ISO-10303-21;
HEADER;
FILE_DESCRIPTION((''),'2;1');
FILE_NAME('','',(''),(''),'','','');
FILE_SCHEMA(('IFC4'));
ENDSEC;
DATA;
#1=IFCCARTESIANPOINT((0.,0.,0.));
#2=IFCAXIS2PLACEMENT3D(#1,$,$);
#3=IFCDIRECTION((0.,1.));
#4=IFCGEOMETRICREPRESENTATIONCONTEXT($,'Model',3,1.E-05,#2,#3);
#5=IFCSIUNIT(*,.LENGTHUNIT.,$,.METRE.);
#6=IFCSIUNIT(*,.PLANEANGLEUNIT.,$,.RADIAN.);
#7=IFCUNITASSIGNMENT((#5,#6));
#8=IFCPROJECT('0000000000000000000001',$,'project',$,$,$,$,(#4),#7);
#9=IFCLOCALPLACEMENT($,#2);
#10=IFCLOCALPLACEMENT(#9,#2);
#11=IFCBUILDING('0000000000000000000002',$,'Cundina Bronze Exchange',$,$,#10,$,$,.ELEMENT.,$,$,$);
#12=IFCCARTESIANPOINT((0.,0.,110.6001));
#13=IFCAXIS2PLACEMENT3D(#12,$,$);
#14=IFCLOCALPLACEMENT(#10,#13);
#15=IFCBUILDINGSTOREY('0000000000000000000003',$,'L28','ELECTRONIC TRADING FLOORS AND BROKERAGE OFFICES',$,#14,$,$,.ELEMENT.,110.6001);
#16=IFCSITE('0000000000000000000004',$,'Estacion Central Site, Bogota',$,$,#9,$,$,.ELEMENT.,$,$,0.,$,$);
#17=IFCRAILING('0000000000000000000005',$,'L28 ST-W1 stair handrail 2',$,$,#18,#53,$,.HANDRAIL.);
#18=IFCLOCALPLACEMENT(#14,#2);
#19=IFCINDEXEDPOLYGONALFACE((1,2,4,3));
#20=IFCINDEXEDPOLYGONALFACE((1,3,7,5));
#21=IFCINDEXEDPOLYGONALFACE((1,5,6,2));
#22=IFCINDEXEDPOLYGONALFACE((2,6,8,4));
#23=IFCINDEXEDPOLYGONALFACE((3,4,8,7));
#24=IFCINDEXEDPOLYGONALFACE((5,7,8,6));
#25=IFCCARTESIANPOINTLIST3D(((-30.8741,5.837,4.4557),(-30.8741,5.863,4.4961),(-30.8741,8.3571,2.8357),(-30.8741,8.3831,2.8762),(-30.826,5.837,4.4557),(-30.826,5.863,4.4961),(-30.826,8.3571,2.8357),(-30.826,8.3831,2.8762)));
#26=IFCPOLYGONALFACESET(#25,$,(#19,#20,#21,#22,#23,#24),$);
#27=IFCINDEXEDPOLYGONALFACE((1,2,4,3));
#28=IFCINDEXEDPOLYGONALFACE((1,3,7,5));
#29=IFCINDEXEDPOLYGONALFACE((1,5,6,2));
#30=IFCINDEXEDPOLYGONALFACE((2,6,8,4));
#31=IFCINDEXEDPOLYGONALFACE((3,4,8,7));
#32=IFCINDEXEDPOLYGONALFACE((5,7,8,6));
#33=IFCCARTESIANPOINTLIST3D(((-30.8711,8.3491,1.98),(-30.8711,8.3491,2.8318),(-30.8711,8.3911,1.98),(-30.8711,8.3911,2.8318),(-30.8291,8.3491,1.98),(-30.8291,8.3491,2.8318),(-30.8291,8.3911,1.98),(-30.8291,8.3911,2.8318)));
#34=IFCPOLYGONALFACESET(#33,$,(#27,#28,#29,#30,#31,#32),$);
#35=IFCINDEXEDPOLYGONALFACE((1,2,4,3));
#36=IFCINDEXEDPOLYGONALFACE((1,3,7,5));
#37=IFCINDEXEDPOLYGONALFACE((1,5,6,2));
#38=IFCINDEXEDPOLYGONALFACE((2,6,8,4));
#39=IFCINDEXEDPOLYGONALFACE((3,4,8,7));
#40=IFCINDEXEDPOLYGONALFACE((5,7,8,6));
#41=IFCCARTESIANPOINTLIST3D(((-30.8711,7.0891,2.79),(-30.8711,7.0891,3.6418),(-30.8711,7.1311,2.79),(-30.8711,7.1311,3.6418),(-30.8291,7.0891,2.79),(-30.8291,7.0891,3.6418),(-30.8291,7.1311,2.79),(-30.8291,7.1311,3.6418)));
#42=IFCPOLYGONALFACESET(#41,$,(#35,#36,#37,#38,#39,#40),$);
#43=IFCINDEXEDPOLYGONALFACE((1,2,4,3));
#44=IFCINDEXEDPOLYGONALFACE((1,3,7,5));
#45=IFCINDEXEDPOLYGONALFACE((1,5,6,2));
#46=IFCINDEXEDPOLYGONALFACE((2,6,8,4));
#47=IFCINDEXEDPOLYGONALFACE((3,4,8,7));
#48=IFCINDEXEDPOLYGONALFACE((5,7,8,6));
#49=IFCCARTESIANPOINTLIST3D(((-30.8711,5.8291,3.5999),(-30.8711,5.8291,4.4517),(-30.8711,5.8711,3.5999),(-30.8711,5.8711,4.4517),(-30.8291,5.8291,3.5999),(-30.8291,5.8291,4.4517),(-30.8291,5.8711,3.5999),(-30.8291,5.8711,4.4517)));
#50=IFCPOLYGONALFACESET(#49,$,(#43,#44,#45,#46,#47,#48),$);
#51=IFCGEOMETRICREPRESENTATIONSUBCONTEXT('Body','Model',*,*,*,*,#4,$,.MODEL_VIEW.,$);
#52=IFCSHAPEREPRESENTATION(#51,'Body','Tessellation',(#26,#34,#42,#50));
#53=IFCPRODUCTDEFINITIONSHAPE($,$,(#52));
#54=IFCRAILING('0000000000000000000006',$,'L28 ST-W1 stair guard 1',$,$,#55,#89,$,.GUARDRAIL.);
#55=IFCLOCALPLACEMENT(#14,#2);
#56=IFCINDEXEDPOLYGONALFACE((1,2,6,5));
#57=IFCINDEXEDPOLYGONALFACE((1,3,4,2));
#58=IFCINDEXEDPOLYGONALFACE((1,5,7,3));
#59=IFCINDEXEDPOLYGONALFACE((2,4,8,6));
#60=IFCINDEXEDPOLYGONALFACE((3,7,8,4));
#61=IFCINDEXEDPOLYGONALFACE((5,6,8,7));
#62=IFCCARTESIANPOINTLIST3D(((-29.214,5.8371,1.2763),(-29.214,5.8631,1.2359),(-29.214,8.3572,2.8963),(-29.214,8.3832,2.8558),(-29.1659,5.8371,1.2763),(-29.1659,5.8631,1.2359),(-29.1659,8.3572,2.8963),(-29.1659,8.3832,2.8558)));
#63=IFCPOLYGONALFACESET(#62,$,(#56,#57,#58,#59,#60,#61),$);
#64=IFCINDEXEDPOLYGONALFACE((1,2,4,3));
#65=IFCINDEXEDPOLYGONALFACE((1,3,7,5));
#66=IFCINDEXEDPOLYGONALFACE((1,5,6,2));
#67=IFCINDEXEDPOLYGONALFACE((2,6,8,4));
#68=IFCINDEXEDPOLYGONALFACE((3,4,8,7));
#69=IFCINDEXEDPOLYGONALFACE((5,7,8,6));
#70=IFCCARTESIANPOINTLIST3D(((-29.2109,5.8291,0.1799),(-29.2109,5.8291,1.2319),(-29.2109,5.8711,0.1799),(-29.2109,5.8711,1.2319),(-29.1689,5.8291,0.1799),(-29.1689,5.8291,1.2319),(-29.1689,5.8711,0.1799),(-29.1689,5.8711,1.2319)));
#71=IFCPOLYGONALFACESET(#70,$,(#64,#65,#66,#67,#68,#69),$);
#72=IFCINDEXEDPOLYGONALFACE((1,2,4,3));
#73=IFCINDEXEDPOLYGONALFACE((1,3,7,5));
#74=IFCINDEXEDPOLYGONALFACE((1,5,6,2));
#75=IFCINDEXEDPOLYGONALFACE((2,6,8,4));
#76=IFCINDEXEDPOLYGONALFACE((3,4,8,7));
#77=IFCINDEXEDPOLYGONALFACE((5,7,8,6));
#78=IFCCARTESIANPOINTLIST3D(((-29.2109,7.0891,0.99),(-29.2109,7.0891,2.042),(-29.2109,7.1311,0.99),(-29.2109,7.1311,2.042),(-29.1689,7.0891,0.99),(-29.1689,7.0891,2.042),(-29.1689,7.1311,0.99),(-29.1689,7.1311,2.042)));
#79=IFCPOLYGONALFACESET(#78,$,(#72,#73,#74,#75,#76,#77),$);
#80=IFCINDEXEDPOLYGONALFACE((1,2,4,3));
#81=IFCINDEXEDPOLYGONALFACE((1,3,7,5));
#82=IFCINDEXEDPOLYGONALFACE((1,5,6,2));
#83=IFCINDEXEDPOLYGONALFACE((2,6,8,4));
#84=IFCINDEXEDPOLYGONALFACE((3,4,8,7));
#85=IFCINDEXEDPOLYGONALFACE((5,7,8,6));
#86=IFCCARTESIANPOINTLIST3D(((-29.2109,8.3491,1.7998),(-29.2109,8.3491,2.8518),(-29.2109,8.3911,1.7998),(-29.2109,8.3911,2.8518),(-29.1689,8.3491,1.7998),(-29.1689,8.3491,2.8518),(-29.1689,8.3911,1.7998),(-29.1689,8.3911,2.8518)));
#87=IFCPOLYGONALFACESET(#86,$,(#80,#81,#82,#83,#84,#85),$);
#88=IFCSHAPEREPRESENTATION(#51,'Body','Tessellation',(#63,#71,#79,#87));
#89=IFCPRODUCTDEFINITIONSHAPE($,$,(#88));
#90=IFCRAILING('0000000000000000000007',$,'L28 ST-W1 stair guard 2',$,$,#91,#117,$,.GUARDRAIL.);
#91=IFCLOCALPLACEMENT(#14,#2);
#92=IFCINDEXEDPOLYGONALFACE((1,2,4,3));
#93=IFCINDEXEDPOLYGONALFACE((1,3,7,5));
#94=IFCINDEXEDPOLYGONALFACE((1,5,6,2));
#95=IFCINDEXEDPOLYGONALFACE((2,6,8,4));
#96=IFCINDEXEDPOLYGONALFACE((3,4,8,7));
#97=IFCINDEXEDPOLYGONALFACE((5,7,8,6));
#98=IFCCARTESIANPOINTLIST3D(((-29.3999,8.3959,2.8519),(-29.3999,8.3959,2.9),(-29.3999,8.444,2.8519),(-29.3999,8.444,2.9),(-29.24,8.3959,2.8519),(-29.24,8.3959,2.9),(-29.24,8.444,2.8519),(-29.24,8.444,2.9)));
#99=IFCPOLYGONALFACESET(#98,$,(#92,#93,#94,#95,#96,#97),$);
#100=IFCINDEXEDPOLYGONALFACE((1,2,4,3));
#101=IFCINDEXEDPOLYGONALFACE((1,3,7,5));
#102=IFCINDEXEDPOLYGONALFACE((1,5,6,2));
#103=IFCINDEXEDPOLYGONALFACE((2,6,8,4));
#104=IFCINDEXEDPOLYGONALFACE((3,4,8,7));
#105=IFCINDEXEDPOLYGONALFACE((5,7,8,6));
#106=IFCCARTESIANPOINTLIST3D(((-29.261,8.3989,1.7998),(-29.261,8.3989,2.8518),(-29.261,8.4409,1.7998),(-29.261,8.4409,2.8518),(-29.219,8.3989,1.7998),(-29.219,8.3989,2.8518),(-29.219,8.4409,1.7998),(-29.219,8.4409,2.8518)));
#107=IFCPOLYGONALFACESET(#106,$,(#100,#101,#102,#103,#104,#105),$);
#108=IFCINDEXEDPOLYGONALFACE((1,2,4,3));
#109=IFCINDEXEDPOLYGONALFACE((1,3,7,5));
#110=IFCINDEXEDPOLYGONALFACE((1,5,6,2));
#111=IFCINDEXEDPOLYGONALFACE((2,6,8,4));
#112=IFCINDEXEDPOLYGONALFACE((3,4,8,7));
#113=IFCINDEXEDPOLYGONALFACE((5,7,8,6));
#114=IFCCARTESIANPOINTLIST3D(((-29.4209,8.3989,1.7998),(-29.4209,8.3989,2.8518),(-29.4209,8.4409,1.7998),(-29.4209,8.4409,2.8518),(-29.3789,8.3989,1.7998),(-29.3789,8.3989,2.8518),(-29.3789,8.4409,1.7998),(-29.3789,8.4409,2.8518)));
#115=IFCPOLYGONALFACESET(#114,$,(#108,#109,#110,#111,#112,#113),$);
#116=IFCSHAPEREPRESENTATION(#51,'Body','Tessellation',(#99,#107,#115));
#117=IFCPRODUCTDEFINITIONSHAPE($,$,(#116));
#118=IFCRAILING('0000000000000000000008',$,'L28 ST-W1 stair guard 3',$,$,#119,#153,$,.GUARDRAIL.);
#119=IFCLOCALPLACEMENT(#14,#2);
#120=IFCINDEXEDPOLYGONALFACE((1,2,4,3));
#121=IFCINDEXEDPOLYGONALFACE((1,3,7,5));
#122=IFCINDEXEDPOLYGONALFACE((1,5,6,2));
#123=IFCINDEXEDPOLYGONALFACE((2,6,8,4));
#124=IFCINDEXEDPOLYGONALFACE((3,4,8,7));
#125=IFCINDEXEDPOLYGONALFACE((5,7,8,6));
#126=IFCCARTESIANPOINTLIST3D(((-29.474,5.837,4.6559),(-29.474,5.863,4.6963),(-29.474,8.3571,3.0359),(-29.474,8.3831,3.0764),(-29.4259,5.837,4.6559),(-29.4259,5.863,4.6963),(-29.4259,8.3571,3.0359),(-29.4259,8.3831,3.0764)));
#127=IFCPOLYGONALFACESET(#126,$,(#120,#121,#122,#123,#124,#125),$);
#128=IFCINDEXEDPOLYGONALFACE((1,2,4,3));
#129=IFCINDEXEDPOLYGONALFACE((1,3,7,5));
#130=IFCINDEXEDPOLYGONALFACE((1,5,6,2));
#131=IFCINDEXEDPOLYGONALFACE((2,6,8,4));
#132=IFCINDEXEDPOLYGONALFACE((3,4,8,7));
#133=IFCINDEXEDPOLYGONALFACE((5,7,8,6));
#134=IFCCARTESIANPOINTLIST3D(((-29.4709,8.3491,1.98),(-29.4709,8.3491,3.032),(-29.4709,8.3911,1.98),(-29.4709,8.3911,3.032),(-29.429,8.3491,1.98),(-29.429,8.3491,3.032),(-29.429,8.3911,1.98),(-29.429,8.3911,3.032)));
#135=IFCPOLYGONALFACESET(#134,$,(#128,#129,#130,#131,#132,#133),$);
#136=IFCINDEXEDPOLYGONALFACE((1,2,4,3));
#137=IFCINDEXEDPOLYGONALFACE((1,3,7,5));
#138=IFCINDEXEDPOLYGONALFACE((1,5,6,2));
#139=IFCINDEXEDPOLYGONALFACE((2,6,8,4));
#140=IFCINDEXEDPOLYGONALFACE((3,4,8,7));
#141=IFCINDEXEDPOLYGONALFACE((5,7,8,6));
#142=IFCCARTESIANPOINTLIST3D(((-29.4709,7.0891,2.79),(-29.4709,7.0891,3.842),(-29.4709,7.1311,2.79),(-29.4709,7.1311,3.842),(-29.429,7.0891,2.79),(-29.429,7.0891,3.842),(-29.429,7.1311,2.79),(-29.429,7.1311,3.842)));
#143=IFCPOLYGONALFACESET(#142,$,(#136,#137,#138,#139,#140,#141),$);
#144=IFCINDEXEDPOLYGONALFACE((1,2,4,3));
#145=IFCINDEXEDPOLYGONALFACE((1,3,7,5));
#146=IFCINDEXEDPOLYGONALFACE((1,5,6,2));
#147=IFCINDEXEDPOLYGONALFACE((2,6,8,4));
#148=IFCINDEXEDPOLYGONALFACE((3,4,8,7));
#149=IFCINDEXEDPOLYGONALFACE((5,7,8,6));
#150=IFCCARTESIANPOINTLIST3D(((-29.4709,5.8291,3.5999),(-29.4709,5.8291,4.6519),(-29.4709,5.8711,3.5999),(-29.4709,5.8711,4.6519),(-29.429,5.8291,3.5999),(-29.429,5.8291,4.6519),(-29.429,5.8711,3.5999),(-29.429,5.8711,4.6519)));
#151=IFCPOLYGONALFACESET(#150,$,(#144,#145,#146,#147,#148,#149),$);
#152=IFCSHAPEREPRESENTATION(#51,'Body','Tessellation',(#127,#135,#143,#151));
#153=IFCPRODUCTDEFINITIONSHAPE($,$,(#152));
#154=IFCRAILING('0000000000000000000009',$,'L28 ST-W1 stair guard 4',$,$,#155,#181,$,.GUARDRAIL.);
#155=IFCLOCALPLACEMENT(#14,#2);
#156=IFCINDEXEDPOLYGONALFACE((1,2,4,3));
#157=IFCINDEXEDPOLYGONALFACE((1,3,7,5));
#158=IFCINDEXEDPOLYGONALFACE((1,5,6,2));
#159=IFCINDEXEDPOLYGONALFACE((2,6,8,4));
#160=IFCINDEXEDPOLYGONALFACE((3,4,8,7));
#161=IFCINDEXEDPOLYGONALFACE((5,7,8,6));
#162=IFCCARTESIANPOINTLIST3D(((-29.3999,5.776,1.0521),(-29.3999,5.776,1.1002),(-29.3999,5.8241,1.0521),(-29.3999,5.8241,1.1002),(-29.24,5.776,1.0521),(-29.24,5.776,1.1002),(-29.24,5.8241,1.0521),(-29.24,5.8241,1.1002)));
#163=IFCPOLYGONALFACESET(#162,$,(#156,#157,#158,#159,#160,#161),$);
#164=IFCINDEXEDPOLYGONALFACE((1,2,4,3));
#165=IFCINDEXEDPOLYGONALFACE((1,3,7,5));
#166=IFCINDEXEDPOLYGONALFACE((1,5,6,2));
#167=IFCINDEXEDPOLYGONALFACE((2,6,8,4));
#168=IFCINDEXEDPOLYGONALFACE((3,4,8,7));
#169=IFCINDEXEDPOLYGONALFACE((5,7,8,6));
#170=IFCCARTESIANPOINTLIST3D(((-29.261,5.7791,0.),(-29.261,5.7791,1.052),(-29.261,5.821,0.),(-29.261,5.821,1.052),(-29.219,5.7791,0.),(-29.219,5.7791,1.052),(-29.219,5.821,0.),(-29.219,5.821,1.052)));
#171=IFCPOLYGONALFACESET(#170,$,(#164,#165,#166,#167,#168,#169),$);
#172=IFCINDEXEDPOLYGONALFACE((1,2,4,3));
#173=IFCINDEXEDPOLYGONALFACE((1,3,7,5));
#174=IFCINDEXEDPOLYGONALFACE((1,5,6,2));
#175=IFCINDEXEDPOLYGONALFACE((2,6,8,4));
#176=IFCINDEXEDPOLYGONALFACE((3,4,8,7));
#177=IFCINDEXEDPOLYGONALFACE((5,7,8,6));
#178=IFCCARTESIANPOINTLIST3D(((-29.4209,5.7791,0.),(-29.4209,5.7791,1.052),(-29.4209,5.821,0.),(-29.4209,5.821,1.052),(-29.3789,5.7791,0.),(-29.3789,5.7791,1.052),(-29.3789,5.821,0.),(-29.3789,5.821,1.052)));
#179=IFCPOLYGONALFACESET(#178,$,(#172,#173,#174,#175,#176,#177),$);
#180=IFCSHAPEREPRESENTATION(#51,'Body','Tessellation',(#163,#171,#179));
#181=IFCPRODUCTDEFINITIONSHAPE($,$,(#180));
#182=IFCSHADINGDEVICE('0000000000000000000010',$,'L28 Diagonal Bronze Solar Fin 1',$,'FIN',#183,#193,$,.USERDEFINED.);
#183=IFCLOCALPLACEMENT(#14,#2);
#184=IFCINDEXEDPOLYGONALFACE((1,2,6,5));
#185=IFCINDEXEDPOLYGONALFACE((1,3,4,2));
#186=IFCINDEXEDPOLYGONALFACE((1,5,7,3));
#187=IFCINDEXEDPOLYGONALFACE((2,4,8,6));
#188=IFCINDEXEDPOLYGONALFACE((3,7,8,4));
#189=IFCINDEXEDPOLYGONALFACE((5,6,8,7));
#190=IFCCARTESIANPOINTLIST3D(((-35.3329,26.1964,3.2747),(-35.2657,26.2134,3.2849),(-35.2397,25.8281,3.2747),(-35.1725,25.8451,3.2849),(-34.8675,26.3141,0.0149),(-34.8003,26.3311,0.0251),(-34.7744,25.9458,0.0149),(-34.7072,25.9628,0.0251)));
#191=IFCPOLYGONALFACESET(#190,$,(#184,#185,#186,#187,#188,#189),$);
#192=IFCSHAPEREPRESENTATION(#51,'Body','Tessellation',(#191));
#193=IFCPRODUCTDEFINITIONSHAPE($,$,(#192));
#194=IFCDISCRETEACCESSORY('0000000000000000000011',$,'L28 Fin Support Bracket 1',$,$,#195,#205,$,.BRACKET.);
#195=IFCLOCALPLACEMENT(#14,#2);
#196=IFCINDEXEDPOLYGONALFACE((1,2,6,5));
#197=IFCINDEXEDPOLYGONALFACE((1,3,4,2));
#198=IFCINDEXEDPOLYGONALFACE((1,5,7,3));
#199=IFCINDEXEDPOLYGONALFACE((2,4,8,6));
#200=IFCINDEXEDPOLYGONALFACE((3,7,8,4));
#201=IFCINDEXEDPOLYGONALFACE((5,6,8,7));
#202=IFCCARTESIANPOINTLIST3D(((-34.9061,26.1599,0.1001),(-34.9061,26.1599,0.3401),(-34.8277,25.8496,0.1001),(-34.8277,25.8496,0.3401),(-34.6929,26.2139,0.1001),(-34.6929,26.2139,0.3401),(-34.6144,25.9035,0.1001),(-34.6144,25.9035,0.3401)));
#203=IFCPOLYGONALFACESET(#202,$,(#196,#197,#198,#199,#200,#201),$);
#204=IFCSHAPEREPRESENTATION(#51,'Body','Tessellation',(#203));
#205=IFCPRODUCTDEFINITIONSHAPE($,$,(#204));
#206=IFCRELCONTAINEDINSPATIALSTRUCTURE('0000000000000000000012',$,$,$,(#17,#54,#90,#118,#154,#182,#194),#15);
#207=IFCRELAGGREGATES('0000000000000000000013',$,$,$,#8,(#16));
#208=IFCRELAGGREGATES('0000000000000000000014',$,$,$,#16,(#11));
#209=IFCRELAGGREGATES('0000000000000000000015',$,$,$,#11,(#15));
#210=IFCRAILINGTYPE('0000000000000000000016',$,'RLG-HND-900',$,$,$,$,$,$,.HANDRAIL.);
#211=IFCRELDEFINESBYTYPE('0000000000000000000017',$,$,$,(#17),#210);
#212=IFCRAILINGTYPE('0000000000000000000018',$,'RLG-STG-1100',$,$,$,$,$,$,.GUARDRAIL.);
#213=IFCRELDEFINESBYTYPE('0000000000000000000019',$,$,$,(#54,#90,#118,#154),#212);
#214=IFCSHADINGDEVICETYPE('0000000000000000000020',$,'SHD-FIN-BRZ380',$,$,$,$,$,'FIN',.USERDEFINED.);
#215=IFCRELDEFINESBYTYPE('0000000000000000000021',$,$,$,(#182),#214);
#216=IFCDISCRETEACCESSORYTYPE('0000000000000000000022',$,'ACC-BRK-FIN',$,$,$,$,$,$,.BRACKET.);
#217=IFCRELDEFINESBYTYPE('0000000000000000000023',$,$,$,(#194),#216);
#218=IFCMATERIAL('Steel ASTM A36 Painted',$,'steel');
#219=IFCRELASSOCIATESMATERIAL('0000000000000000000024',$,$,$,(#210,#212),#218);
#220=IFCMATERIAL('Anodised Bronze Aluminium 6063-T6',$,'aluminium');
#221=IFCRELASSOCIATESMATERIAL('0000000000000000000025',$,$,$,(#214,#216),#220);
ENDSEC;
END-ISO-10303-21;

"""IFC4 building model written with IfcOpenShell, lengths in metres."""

from ifc_helpers import new_model, si_unit, direction, frame, origin, origin_2d, place, context, subcontext, project, spatial, rectangle, extrude, material, material_profile, profile_set, type_object, element, save


model = new_model("IFC4")

# Units and contexts
model_context = context("Model", 3, precision=1e-05, world=origin(), true_north=direction((0.0, 1.0)))
body_context = subcontext(model_context, "Body", "Model", "MODEL_VIEW")
ifc_project = project(units=[si_unit("LENGTHUNIT", "METRE"), si_unit("PLANEANGLEUNIT", "RADIAN")], contexts=[model_context])

# Site, building, storey
site_placement = place(None, origin())
site = spatial("IfcSite", under=ifc_project, at=site_placement, Name="Estacion Central Site, Bogota", CompositionType="ELEMENT", RefElevation=0.0)
building_placement = place(site_placement, origin())
building = spatial("IfcBuilding", under=site, at=building_placement, Name="Cundina Bronze Exchange", CompositionType="ELEMENT")
storey_placement = place(building_placement, frame((0.0, 0.0, 110.6001)))
storey = spatial("IfcBuildingStorey", under=building, at=storey_placement, Name="L28", Description="ELECTRONIC TRADING FLOORS AND BROKERAGE OFFICES", CompositionType="ELEMENT", Elevation=110.6001)

# Shared definitions
ifc_material_1 = material(Name="Anodised Bronze Aluminium 6063-T6", Category="aluminium")

# Shared definitions
ifc_material_2 = material(Name="Steel ASTM A36 Painted", Category="steel")

# Railings
railing_type_1 = type_object("IfcRailingType", Name="RLG-HND-900", PredefinedType="HANDRAIL", material=ifc_material_2)
railing_1_placement = place(storey_placement, frame((-30.8501, 8.3701, 1.98)))
element("IfcRailing", 1, at=railing_1_placement, inside=storey, type_object=railing_type_1, Name="L28 ST-W1 stair handrail 2", PredefinedType="HANDRAIL", context=body_context, shape_type="SweptSolid", body=[
    extrude(rectangle(XDim=0.0481, YDim=0.0481, at=origin_2d()), frame((0.0, 0.0, 0.876), z_axis=(0.0, -0.8412, 0.540725), x_axis=(1.0, 0.0, 0.0)), (0.0, 0.0, 1.0), 2.9958),
    extrude(rectangle(XDim=0.042, YDim=0.042, at=origin_2d()), origin(), (0.0, 0.0, 1.0), 0.8518),
    extrude(rectangle(XDim=0.042, YDim=0.042, at=origin_2d()), frame((0.0, -1.26, 0.8101)), (0.0, 0.0, 1.0), 0.8518),
    extrude(rectangle(XDim=0.042, YDim=0.042, at=origin_2d()), frame((0.0, -2.52, 1.6199)), (0.0, 0.0, 1.0), 0.8518),
])
railing_type_2 = type_object("IfcRailingType", Name="RLG-STG-1100", PredefinedType="GUARDRAIL", material=ifc_material_2)
railing_2_placement = place(storey_placement, frame((-29.1899, 5.8501, 0.1799)))
element("IfcRailing", 2, at=railing_2_placement, inside=storey, type_object=railing_type_2, Name="L28 ST-W1 stair guard 1", PredefinedType="GUARDRAIL", context=body_context, shape_type="SweptSolid", body=[
    extrude(rectangle(XDim=0.0481, YDim=0.0481, at=origin_2d()), frame((0.0, 0.0, 1.0762), z_axis=(0.0, 0.8412, 0.540725), x_axis=(-1.0, 0.0, 0.0)), (0.0, 0.0, 1.0), 2.9958),
    extrude(rectangle(XDim=0.042, YDim=0.042, at=origin_2d()), origin(), (0.0, 0.0, 1.0), 1.052),
    extrude(rectangle(XDim=0.042, YDim=0.042, at=origin_2d()), frame((0.0, 1.26, 0.8101)), (0.0, 0.0, 1.0), 1.052),
    extrude(rectangle(XDim=0.042, YDim=0.042, at=origin_2d()), frame((0.0, 2.52, 1.6199)), (0.0, 0.0, 1.0), 1.052),
])
railing_3_placement = place(storey_placement, frame((-29.24, 8.4199, 1.7998)))
element("IfcRailing", 3, at=railing_3_placement, inside=storey, type_object=railing_type_2, Name="L28 ST-W1 stair guard 2", PredefinedType="GUARDRAIL", context=body_context, shape_type="SweptSolid", body=[
    extrude(rectangle(XDim=0.0481, YDim=0.0481, at=origin_2d()), frame((0.0, 0.0, 1.0762), z_axis=(-1.0, 0.0, 0.0), x_axis=(0.0, -1.0, 0.0)), (0.0, 0.0, 1.0), 0.1599),
    extrude(rectangle(XDim=0.042, YDim=0.042, at=origin_2d()), origin(), (0.0, 0.0, 1.0), 1.052),
    extrude(rectangle(XDim=0.042, YDim=0.042, at=origin_2d()), frame((-0.1599, 0.0, 0.0)), (0.0, 0.0, 1.0), 1.052),
])
railing_4_placement = place(storey_placement, frame((-29.45, 8.3701, 1.98)))
element("IfcRailing", 4, at=railing_4_placement, inside=storey, type_object=railing_type_2, Name="L28 ST-W1 stair guard 3", PredefinedType="GUARDRAIL", context=body_context, shape_type="SweptSolid", body=[
    extrude(rectangle(XDim=0.0481, YDim=0.0481, at=origin_2d()), frame((0.0, 0.0, 1.0762), z_axis=(0.0, -0.8412, 0.540725), x_axis=(1.0, 0.0, 0.0)), (0.0, 0.0, 1.0), 2.9958),
    extrude(rectangle(XDim=0.042, YDim=0.042, at=origin_2d()), origin(), (0.0, 0.0, 1.0), 1.052),
    extrude(rectangle(XDim=0.042, YDim=0.042, at=origin_2d()), frame((0.0, -1.26, 0.8101)), (0.0, 0.0, 1.0), 1.052),
    extrude(rectangle(XDim=0.042, YDim=0.042, at=origin_2d()), frame((0.0, -2.52, 1.6199)), (0.0, 0.0, 1.0), 1.052),
])
railing_5_placement = place(storey_placement, frame((-29.24, 5.8, 0.0)))
element("IfcRailing", 5, at=railing_5_placement, inside=storey, type_object=railing_type_2, Name="L28 ST-W1 stair guard 4", PredefinedType="GUARDRAIL", context=body_context, shape_type="SweptSolid", body=[
    extrude(rectangle(XDim=0.0481, YDim=0.0481, at=origin_2d()), frame((0.0, 0.0, 1.0762), z_axis=(-1.0, 0.0, 0.0), x_axis=(0.0, -1.0, 0.0)), (0.0, 0.0, 1.0), 0.1599),
    extrude(rectangle(XDim=0.042, YDim=0.042, at=origin_2d()), origin(), (0.0, 0.0, 1.0), 1.052),
    extrude(rectangle(XDim=0.042, YDim=0.042, at=origin_2d()), frame((-0.1599, 0.0, 0.0)), (0.0, 0.0, 1.0), 1.052),
])

# Shading device
ifc_material_profile_1 = material_profile(ifc_material_1, rectangle(XDim=0.0701, YDim=0.3799, at=origin_2d()), Name="FIN70X380", Category="aluminium")
ifc_profile_set_1 = profile_set([ifc_material_profile_1], Name="Anodised Bronze Aluminium 6063-T6")
shading_device_type = type_object("IfcShadingDeviceType", Name="SHD-FIN-BRZ380", ElementType="FIN", PredefinedType="USERDEFINED", material=ifc_profile_set_1)
shading_device_placement = place(storey_placement, frame((-34.7874, 26.1384, 0.02), z_axis=(-0.141227, -0.035714, 0.989333), x_axis=(0.959139, 0.242552, 0.145673)))
element("IfcShadingDevice", 6, at=shading_device_placement, inside=storey, type_object=shading_device_type, Name="L28 Diagonal Bronze Solar Fin 1", ObjectType="FIN", PredefinedType="USERDEFINED", context=body_context, shape_type="SweptSolid", body=[
    extrude(rectangle(XDim=0.0701, YDim=0.3799, at=origin_2d()), origin(), (0.0, 0.0, 1.0), 3.2949),
])

# Discrete accessory
discrete_accessory_type = type_object("IfcDiscreteAccessoryType", Name="ACC-BRK-FIN", PredefinedType="BRACKET", material=ifc_material_1)
discrete_accessory_placement = place(storey_placement, frame((-34.7603, 26.0317, 0.1001), z_axis=(0.0, 0.0, 1.0), x_axis=(-0.969488, -0.245138, 0.0)))
element("IfcDiscreteAccessory", 7, at=discrete_accessory_placement, inside=storey, type_object=discrete_accessory_type, Name="L28 Fin Support Bracket 1", PredefinedType="BRACKET", context=body_context, shape_type="SweptSolid", body=[
    extrude(rectangle(XDim=0.22, YDim=0.3201, at=origin_2d()), origin(), (0.0, 0.0, 1.0), 0.24),
])

save(model, "model.ifc")
